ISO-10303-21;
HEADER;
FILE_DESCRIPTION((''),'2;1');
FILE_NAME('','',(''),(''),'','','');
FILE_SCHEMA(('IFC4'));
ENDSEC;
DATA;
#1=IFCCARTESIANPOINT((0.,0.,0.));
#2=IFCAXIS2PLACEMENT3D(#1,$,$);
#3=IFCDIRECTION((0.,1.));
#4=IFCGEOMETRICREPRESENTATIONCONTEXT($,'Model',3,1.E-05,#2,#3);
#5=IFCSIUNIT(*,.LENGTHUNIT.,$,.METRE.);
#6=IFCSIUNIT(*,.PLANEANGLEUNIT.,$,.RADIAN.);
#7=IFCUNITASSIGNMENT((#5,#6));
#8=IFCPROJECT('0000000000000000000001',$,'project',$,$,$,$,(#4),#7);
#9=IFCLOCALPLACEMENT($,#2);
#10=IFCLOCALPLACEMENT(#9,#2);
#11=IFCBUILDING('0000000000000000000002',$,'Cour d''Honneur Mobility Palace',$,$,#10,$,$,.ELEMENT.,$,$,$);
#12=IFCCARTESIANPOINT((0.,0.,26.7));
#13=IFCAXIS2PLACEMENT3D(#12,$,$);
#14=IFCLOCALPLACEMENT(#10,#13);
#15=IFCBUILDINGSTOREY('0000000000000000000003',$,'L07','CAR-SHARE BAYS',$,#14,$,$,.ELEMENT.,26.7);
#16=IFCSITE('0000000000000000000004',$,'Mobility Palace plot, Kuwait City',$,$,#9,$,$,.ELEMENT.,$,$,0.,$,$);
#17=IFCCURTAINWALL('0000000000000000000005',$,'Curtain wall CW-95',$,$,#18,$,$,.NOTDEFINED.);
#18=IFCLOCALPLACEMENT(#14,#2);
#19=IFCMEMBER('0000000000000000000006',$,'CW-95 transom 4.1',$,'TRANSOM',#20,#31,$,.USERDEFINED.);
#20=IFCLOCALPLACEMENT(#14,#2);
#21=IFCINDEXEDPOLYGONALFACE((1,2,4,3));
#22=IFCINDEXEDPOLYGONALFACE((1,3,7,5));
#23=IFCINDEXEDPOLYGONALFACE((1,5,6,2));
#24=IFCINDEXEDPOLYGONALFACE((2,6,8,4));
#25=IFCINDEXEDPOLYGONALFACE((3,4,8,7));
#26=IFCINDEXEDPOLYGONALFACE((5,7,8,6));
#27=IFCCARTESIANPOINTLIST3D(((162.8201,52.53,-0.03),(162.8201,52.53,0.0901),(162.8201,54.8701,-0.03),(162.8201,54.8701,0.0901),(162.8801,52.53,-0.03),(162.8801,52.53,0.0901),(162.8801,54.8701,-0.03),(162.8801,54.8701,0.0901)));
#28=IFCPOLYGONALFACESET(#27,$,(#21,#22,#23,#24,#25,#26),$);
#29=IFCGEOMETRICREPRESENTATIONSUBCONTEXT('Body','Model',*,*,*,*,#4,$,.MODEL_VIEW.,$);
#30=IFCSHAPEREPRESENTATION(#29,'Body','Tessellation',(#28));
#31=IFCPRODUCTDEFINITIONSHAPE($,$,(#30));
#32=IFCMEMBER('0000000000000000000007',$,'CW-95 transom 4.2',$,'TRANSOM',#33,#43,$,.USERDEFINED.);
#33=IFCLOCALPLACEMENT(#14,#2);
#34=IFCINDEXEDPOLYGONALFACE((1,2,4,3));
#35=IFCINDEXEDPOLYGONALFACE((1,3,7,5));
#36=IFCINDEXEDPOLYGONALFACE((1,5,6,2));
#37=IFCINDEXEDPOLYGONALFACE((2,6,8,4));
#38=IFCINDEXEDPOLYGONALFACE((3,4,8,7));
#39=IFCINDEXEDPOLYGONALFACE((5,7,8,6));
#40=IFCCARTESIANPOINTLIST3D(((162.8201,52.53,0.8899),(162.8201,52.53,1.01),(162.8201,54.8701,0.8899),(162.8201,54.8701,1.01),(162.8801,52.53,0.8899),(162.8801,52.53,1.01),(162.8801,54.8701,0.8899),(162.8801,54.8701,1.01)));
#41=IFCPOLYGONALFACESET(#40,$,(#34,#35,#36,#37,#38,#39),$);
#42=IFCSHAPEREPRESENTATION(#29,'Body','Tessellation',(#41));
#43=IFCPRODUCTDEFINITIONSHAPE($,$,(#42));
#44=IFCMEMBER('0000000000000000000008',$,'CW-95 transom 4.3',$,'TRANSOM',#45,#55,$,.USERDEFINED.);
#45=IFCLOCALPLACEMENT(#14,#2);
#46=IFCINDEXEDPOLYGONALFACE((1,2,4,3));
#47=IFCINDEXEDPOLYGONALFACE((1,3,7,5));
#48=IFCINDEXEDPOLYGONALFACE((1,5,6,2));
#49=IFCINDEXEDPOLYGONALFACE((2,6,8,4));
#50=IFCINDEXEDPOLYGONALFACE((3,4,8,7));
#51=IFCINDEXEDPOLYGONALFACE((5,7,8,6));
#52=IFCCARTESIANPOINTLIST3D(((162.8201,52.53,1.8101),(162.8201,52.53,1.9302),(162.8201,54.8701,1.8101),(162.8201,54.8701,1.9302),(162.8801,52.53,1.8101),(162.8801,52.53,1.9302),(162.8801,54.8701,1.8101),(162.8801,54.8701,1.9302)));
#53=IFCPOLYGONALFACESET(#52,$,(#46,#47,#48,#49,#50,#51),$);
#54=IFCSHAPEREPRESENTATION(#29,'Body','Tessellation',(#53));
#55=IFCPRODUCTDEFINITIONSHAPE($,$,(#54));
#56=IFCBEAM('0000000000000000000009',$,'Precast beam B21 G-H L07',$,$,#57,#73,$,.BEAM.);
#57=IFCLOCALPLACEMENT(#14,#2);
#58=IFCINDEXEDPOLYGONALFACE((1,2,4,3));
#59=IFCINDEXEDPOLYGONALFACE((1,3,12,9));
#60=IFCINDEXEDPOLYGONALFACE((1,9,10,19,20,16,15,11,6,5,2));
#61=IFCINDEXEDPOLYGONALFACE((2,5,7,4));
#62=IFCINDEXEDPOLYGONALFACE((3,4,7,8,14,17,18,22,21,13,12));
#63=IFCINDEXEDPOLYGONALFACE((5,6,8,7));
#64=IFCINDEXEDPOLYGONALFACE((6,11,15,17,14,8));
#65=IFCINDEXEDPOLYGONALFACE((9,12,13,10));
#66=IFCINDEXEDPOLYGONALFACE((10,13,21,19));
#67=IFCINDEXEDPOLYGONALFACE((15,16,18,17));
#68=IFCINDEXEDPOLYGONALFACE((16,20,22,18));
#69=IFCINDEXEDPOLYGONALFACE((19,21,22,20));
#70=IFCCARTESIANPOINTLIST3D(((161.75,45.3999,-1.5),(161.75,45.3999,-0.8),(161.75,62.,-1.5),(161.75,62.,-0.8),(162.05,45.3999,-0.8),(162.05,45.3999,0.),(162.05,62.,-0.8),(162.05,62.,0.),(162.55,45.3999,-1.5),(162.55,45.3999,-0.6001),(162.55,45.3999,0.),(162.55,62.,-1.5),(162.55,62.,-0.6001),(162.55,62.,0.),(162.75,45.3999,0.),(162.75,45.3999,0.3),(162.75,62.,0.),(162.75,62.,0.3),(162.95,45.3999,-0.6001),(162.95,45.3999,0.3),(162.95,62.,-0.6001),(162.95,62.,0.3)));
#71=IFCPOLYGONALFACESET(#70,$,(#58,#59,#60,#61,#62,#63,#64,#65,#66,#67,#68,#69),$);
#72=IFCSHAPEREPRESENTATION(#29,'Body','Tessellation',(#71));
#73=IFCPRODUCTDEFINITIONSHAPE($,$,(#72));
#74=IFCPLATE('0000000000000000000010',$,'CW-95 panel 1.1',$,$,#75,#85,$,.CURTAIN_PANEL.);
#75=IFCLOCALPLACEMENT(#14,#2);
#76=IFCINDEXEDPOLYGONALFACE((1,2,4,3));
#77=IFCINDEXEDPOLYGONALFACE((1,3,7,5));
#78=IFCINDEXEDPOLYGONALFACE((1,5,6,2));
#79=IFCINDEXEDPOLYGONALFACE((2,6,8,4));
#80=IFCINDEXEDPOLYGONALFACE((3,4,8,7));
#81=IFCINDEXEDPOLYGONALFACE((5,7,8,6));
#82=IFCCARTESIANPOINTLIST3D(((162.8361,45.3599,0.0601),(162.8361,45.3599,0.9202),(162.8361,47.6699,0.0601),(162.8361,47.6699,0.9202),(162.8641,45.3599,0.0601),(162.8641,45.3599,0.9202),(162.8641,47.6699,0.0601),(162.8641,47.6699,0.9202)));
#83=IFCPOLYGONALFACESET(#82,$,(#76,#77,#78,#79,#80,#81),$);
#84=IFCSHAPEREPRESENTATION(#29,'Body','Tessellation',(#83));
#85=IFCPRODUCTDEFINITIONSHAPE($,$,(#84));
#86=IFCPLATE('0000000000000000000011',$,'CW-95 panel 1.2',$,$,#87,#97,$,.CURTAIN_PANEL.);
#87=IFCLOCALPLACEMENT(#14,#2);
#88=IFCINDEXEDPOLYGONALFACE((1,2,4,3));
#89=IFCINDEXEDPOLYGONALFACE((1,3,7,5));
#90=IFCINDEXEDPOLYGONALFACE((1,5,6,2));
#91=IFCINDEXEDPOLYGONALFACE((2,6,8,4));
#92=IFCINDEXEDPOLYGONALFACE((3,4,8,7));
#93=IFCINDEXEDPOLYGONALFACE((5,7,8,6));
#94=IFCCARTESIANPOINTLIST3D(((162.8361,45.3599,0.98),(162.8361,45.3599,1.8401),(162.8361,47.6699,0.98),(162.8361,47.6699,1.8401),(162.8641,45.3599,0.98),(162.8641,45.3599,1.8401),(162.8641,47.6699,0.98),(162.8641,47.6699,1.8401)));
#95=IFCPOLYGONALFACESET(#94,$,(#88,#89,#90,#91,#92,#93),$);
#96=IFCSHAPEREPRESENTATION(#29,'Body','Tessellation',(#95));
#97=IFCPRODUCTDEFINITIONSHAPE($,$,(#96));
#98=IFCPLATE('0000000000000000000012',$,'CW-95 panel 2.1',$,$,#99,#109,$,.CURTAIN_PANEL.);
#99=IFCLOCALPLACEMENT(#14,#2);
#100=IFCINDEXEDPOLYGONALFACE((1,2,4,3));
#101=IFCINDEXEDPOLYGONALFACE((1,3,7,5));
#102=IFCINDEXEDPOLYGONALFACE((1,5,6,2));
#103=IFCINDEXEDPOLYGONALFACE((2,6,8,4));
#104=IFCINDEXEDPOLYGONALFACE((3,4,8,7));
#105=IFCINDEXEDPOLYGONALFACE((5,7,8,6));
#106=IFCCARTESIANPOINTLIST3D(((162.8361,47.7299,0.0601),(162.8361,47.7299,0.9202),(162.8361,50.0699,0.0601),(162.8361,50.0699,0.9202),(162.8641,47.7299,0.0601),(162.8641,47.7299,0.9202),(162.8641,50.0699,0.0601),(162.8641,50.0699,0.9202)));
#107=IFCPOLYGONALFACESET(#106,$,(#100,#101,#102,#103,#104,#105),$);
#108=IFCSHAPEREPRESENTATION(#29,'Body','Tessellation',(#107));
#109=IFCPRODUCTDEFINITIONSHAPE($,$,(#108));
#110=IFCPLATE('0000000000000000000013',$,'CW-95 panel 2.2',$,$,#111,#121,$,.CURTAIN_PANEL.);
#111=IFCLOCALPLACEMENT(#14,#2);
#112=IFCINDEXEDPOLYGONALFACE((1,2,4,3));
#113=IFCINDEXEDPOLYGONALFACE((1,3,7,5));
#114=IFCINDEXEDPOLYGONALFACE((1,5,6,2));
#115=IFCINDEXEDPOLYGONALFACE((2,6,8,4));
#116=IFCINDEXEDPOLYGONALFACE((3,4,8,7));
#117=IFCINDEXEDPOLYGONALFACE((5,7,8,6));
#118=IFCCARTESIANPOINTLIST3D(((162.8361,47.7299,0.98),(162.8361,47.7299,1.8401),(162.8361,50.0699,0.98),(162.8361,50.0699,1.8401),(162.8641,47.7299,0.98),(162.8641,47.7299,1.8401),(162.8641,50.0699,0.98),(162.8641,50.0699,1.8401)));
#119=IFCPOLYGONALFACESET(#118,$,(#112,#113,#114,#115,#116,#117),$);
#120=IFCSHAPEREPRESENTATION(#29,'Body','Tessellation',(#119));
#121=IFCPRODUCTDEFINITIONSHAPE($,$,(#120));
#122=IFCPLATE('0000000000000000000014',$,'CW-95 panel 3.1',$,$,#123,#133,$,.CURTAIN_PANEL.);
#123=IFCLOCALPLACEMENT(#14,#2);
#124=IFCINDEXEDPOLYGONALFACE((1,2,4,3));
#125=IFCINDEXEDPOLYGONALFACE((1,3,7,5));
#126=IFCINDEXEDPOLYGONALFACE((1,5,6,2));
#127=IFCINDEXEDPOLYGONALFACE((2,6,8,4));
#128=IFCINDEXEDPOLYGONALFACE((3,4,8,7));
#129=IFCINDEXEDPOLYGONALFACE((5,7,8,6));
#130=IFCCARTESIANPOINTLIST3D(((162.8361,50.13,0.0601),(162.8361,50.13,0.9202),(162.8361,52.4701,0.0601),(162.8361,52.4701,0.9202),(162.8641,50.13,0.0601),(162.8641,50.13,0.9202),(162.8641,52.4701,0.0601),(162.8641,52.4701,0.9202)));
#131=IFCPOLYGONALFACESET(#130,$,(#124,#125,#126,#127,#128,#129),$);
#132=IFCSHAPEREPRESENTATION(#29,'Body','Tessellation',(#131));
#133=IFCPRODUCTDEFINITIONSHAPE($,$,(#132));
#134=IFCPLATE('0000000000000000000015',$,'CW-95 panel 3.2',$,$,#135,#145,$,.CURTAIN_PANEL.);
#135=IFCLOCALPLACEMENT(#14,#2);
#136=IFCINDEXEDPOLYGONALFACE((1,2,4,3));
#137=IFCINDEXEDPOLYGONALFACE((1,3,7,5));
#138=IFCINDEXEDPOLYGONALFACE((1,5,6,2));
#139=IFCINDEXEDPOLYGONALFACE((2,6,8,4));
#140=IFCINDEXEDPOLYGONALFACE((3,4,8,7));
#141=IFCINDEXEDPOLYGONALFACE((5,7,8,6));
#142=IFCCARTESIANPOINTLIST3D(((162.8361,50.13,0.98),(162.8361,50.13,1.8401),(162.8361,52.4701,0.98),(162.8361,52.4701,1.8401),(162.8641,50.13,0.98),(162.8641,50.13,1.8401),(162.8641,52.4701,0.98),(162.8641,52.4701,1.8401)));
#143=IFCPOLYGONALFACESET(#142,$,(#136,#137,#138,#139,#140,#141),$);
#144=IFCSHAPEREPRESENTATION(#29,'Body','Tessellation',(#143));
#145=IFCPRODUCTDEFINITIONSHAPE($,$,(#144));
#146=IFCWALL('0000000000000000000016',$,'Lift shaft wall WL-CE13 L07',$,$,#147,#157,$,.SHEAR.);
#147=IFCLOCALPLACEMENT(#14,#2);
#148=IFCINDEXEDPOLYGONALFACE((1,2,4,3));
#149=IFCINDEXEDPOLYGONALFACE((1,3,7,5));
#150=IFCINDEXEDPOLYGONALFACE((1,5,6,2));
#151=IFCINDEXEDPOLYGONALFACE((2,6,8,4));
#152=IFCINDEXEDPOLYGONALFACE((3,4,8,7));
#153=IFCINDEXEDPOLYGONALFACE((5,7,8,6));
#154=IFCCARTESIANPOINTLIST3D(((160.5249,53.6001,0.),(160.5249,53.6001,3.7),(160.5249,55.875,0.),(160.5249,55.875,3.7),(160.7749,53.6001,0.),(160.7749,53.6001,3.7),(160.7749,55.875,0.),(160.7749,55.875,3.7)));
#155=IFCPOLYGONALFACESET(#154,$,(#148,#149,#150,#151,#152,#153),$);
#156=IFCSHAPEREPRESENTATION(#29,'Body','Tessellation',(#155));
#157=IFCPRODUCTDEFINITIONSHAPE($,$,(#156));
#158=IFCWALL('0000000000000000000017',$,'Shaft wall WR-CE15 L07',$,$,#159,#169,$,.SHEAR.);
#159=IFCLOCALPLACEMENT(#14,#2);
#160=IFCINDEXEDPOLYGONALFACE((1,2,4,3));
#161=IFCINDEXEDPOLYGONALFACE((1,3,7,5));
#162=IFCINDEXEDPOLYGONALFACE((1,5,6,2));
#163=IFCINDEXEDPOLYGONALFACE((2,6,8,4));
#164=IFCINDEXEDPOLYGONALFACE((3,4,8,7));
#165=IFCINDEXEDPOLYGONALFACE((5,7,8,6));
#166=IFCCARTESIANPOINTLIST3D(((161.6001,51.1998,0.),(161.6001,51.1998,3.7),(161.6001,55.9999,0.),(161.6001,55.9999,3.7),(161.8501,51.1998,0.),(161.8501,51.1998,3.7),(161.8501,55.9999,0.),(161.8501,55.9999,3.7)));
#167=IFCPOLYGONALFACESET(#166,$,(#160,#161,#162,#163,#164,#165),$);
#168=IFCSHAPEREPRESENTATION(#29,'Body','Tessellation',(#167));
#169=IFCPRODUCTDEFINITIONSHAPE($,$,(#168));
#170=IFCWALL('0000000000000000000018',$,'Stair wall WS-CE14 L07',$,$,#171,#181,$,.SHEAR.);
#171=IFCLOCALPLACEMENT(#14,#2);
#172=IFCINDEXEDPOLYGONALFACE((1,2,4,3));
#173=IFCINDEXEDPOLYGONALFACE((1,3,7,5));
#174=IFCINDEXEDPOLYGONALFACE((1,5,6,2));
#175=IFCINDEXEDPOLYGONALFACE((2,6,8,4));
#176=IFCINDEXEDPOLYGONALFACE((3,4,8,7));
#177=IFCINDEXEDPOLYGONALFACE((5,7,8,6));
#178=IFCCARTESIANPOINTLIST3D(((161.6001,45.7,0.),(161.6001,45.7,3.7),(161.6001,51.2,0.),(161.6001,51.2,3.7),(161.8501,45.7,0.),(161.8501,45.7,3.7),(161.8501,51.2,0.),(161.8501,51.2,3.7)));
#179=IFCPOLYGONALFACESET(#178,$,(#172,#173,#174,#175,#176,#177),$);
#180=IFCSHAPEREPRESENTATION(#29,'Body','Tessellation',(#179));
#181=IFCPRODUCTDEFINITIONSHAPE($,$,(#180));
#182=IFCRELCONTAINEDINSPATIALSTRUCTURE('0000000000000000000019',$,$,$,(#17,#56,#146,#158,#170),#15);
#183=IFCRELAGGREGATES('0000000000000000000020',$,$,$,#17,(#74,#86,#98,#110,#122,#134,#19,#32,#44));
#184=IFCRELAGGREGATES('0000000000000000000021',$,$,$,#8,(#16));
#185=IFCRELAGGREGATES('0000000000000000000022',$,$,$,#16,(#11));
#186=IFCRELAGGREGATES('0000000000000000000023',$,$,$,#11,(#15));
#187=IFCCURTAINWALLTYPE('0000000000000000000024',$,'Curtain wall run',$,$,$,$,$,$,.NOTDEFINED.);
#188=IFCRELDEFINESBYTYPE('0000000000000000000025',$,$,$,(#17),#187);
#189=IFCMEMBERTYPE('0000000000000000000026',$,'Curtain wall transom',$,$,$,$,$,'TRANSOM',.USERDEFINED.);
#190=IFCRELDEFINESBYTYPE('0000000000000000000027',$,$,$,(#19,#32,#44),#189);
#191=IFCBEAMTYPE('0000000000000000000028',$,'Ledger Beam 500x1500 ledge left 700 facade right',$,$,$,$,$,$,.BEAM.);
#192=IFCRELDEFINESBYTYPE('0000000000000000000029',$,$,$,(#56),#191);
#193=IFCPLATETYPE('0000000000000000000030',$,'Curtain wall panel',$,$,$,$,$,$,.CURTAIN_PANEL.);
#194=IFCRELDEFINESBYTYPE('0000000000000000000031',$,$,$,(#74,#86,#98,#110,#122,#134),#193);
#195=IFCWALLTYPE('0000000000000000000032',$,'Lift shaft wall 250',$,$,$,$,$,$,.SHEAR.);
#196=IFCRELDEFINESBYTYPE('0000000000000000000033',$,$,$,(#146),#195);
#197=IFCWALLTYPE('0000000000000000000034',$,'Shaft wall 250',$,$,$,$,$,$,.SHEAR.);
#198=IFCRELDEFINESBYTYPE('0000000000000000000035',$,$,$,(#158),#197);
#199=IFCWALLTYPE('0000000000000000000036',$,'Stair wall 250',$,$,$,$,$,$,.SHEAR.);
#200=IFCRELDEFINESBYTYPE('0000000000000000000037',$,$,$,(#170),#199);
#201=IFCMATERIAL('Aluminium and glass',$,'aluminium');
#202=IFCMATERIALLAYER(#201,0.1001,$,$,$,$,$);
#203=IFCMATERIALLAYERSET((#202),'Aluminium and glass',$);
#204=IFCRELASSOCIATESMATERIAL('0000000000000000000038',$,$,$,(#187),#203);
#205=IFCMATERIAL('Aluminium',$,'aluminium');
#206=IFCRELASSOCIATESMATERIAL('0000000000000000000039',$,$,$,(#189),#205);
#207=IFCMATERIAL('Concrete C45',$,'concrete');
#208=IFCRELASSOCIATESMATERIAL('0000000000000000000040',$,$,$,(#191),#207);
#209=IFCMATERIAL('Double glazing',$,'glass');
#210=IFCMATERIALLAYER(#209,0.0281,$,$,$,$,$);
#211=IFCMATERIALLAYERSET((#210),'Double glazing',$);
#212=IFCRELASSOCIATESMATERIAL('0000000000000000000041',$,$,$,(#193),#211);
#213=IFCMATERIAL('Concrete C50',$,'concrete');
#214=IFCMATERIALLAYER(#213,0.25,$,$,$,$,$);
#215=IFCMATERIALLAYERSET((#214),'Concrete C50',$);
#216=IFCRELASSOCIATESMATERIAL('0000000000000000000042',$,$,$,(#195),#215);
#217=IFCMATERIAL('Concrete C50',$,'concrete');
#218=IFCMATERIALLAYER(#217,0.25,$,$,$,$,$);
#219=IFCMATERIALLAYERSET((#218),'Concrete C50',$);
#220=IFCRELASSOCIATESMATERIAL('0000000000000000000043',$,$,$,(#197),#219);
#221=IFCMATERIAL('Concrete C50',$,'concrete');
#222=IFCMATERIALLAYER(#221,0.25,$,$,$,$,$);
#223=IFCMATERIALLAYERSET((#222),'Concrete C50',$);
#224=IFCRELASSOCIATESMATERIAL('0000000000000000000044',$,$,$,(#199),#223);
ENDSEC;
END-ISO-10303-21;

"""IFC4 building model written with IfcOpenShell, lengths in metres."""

from ifc_helpers import new_model, si_unit, direction, frame, frame_2d, origin, origin_2d, place, context, subcontext, project, spatial, polyline, rectangle, outline, extrude, material, layer, layer_set, material_profile, profile_set, type_object, element, aggregate, save


model = new_model("IFC4")

# Units and contexts
model_context = context("Model", 3, precision=1e-05, world=origin(), true_north=direction((0.0, 1.0)))
body_context = subcontext(model_context, "Body", "Model", "MODEL_VIEW")
ifc_project = project(units=[si_unit("LENGTHUNIT", "METRE"), si_unit("PLANEANGLEUNIT", "RADIAN")], contexts=[model_context])

# Site, building, storey
site_placement = place(None, origin())
site = spatial("IfcSite", under=ifc_project, at=site_placement, Name="Mobility Palace plot, Kuwait City", CompositionType="ELEMENT", RefElevation=0.0)
building_placement = place(site_placement, origin())
building = spatial("IfcBuilding", under=site, at=building_placement, Name="Cour d'Honneur Mobility Palace", CompositionType="ELEMENT")
storey_placement = place(building_placement, frame((0.0, 0.0, 26.7)))
storey = spatial("IfcBuildingStorey", under=building, at=storey_placement, Name="L07", Description="CAR-SHARE BAYS", CompositionType="ELEMENT", Elevation=26.7)

# Curtain wall, members
ifc_material_1 = material(Name="Aluminium and glass", Category="aluminium")
ifc_layer_1 = layer(ifc_material_1, 0.1001)
ifc_layer_set_1 = layer_set([ifc_layer_1], Name="Aluminium and glass")
curtain_wall_type = type_object("IfcCurtainWallType", Name="Curtain wall run", PredefinedType="NOTDEFINED", material=ifc_layer_set_1)
curtain_wall_placement = place(storey_placement, origin())
curtain_wall = element("IfcCurtainWall", 1, at=curtain_wall_placement, inside=storey, type_object=curtain_wall_type, Name="Curtain wall CW-95", PredefinedType="NOTDEFINED")
ifc_material_2 = material(Name="Aluminium", Category="aluminium")
ifc_material_profile_1 = material_profile(ifc_material_2, rectangle(XDim=0.0601, YDim=0.1201, at=origin_2d()), Name="Curtain wall transom")
ifc_profile_set_1 = profile_set([ifc_material_profile_1], Name="Aluminium")
member_type_1 = type_object("IfcMemberType", Name="Curtain wall transom", ElementType="TRANSOM", PredefinedType="USERDEFINED", material=ifc_profile_set_1)
member_1_placement = place(storey_placement, frame((162.8501, 52.53, 0.03), z_axis=(0.0, 1.0, 0.0), x_axis=(-1.0, 0.0, 0.0)))
member_1 = element("IfcMember", 2, at=member_1_placement, type_object=member_type_1, Name="CW-95 transom 4.1", ObjectType="TRANSOM", PredefinedType="USERDEFINED", context=body_context, shape_type="SweptSolid", body=[
    extrude(rectangle(XDim=0.0601, YDim=0.1201, at=origin_2d()), origin(), (0.0, 0.0, 1.0), 2.3401),
])
member_2_placement = place(storey_placement, frame((162.8501, 52.53, 0.95), z_axis=(0.0, 1.0, 0.0), x_axis=(-1.0, 0.0, 0.0)))
member_2 = element("IfcMember", 3, at=member_2_placement, type_object=member_type_1, Name="CW-95 transom 4.2", ObjectType="TRANSOM", PredefinedType="USERDEFINED", context=body_context, shape_type="SweptSolid", body=[
    extrude(rectangle(XDim=0.0601, YDim=0.1201, at=origin_2d()), origin(), (0.0, 0.0, 1.0), 2.3401),
])
member_3_placement = place(storey_placement, frame((162.8501, 52.53, 1.8701), z_axis=(0.0, 1.0, 0.0), x_axis=(-1.0, 0.0, 0.0)))
member_3 = element("IfcMember", 4, at=member_3_placement, type_object=member_type_1, Name="CW-95 transom 4.3", ObjectType="TRANSOM", PredefinedType="USERDEFINED", context=body_context, shape_type="SweptSolid", body=[
    extrude(rectangle(XDim=0.0601, YDim=0.1201, at=origin_2d()), origin(), (0.0, 0.0, 1.0), 2.3401),
])

# Beam
ifc_material_3 = material(Name="Concrete C45", Category="concrete")
ifc_material_profile_2 = material_profile(ifc_material_3, outline(polyline([(0.55, -1.5), (0.55, -0.8), (0.25, -0.8), (0.25, 0.0), (-0.25, 0.0), (-0.45, 0.0), (-0.45, 0.3), (-0.6499, 0.3), (-0.6499, -0.6001), (-0.25, -0.6001), (-0.25, -1.5), (0.55, -1.5)])), Name="Ledger Beam 500x1500 ledge left 700 facade right")
ifc_profile_set_2 = profile_set([ifc_material_profile_2], Name="Concrete C45")
beam_type = type_object("IfcBeamType", Name="Ledger Beam 500x1500 ledge left 700 facade right", PredefinedType="BEAM", material=ifc_profile_set_2)
beam_placement = place(storey_placement, frame((162.3, 45.3999, 0.0), z_axis=(0.0, 1.0, 0.0), x_axis=(-1.0, 0.0, 0.0)))
element("IfcBeam", 5, at=beam_placement, inside=storey, type_object=beam_type, Name="Precast beam B21 G-H L07", PredefinedType="BEAM", context=body_context, shape_type="SweptSolid", body=[
    extrude(outline(polyline([(0.55, -1.5), (0.55, -0.8), (0.25, -0.8), (0.25, 0.0), (-0.25, 0.0), (-0.45, 0.0), (-0.45, 0.3), (-0.6499, 0.3), (-0.6499, -0.6001), (-0.25, -0.6001), (-0.25, -1.5), (0.55, -1.5)])), origin(), (0.0, 0.0, 1.0), 16.6001),
])

# Plates
ifc_material_4 = material(Name="Double glazing", Category="glass")
ifc_layer_2 = layer(ifc_material_4, 0.0281)
ifc_layer_set_2 = layer_set([ifc_layer_2], Name="Double glazing")
plate_type = type_object("IfcPlateType", Name="Curtain wall panel", PredefinedType="CURTAIN_PANEL", material=ifc_layer_set_2)
plate_1_placement = place(storey_placement, frame((162.8501, 46.5149, 0.0601), z_axis=(0.0, 0.0, 1.0), x_axis=(0.0, 1.0, 0.0)))
plate_1 = element("IfcPlate", 6, at=plate_1_placement, type_object=plate_type, Name="CW-95 panel 1.1", PredefinedType="CURTAIN_PANEL", context=body_context, shape_type="SweptSolid", body=[
    extrude(rectangle(XDim=2.3101, YDim=0.0281, at=origin_2d()), origin(), (0.0, 0.0, 1.0), 0.8601),
])
plate_2_placement = place(storey_placement, frame((162.8501, 46.5149, 0.98), z_axis=(0.0, 0.0, 1.0), x_axis=(0.0, 1.0, 0.0)))
plate_2 = element("IfcPlate", 7, at=plate_2_placement, type_object=plate_type, Name="CW-95 panel 1.2", PredefinedType="CURTAIN_PANEL", context=body_context, shape_type="SweptSolid", body=[
    extrude(rectangle(XDim=2.3101, YDim=0.0281, at=origin_2d()), origin(), (0.0, 0.0, 1.0), 0.8601),
])
plate_3_placement = place(storey_placement, frame((162.8501, 48.8999, 0.0601), z_axis=(0.0, 0.0, 1.0), x_axis=(0.0, 1.0, 0.0)))
plate_3 = element("IfcPlate", 8, at=plate_3_placement, type_object=plate_type, Name="CW-95 panel 2.1", PredefinedType="CURTAIN_PANEL", context=body_context, shape_type="SweptSolid", body=[
    extrude(rectangle(XDim=2.3401, YDim=0.0281, at=origin_2d()), origin(), (0.0, 0.0, 1.0), 0.8601),
])
plate_4_placement = place(storey_placement, frame((162.8501, 48.8999, 0.98), z_axis=(0.0, 0.0, 1.0), x_axis=(0.0, 1.0, 0.0)))
plate_4 = element("IfcPlate", 9, at=plate_4_placement, type_object=plate_type, Name="CW-95 panel 2.2", PredefinedType="CURTAIN_PANEL", context=body_context, shape_type="SweptSolid", body=[
    extrude(rectangle(XDim=2.3401, YDim=0.0281, at=origin_2d()), origin(), (0.0, 0.0, 1.0), 0.8601),
])
plate_5_placement = place(storey_placement, frame((162.8501, 51.3, 0.0601), z_axis=(0.0, 0.0, 1.0), x_axis=(0.0, 1.0, 0.0)))
plate_5 = element("IfcPlate", 10, at=plate_5_placement, type_object=plate_type, Name="CW-95 panel 3.1", PredefinedType="CURTAIN_PANEL", context=body_context, shape_type="SweptSolid", body=[
    extrude(rectangle(XDim=2.3401, YDim=0.0281, at=origin_2d()), origin(), (0.0, 0.0, 1.0), 0.8601),
])
plate_6_placement = place(storey_placement, frame((162.8501, 51.3, 0.98), z_axis=(0.0, 0.0, 1.0), x_axis=(0.0, 1.0, 0.0)))
plate_6 = element("IfcPlate", 11, at=plate_6_placement, type_object=plate_type, Name="CW-95 panel 3.2", PredefinedType="CURTAIN_PANEL", context=body_context, shape_type="SweptSolid", body=[
    extrude(rectangle(XDim=2.3401, YDim=0.0281, at=origin_2d()), origin(), (0.0, 0.0, 1.0), 0.8601),
])
aggregate(curtain_wall, [plate_1, plate_2, plate_3, plate_4, plate_5, plate_6, member_1, member_2, member_3])

# Walls
ifc_material_5 = material(Name="Concrete C50", Category="concrete")
ifc_layer_3 = layer(ifc_material_5, 0.25)
ifc_layer_set_3 = layer_set([ifc_layer_3], Name="Concrete C50")
wall_type_1 = type_object("IfcWallType", Name="Lift shaft wall 250", PredefinedType="SHEAR", material=ifc_layer_set_3)
wall_1_placement = place(storey_placement, frame((160.6499, 53.6001, 0.0), z_axis=(0.0, 0.0, 1.0), x_axis=(0.0, 1.0, 0.0)))
element("IfcWall", 12, at=wall_1_placement, inside=storey, type_object=wall_type_1, Name="Lift shaft wall WL-CE13 L07", PredefinedType="SHEAR", context=body_context, shape_type="SweptSolid", body=[
    extrude(rectangle(XDim=2.2749, YDim=0.25, at=frame_2d((1.1375, 0.0))), origin(), (0.0, 0.0, 1.0), 3.7),
])
ifc_material_6 = material(Name="Concrete C50", Category="concrete")
ifc_layer_4 = layer(ifc_material_6, 0.25)
ifc_layer_set_4 = layer_set([ifc_layer_4], Name="Concrete C50")
wall_type_2 = type_object("IfcWallType", Name="Shaft wall 250", PredefinedType="SHEAR", material=ifc_layer_set_4)
wall_2_placement = place(storey_placement, frame((161.7251, 51.2, 0.0), z_axis=(0.0, 0.0, 1.0), x_axis=(0.0, 1.0, 0.0)))
element("IfcWall", 13, at=wall_2_placement, inside=storey, type_object=wall_type_2, Name="Shaft wall WR-CE15 L07", PredefinedType="SHEAR", context=body_context, shape_type="SweptSolid", body=[
    extrude(rectangle(XDim=4.8, YDim=0.25, at=frame_2d((2.3999, 0.0))), origin(), (0.0, 0.0, 1.0), 3.7),
])
ifc_material_7 = material(Name="Concrete C50", Category="concrete")
ifc_layer_5 = layer(ifc_material_7, 0.25)
ifc_layer_set_5 = layer_set([ifc_layer_5], Name="Concrete C50")
wall_type_3 = type_object("IfcWallType", Name="Stair wall 250", PredefinedType="SHEAR", material=ifc_layer_set_5)
wall_3_placement = place(storey_placement, frame((161.7251, 45.7, 0.0), z_axis=(0.0, 0.0, 1.0), x_axis=(0.0, 1.0, 0.0)))
element("IfcWall", 14, at=wall_3_placement, inside=storey, type_object=wall_type_3, Name="Stair wall WS-CE14 L07", PredefinedType="SHEAR", context=body_context, shape_type="SweptSolid", body=[
    extrude(rectangle(XDim=5.5, YDim=0.25, at=frame_2d((2.75, 0.0))), origin(), (0.0, 0.0, 1.0), 3.7),
])

save(model, "model.ifc")
